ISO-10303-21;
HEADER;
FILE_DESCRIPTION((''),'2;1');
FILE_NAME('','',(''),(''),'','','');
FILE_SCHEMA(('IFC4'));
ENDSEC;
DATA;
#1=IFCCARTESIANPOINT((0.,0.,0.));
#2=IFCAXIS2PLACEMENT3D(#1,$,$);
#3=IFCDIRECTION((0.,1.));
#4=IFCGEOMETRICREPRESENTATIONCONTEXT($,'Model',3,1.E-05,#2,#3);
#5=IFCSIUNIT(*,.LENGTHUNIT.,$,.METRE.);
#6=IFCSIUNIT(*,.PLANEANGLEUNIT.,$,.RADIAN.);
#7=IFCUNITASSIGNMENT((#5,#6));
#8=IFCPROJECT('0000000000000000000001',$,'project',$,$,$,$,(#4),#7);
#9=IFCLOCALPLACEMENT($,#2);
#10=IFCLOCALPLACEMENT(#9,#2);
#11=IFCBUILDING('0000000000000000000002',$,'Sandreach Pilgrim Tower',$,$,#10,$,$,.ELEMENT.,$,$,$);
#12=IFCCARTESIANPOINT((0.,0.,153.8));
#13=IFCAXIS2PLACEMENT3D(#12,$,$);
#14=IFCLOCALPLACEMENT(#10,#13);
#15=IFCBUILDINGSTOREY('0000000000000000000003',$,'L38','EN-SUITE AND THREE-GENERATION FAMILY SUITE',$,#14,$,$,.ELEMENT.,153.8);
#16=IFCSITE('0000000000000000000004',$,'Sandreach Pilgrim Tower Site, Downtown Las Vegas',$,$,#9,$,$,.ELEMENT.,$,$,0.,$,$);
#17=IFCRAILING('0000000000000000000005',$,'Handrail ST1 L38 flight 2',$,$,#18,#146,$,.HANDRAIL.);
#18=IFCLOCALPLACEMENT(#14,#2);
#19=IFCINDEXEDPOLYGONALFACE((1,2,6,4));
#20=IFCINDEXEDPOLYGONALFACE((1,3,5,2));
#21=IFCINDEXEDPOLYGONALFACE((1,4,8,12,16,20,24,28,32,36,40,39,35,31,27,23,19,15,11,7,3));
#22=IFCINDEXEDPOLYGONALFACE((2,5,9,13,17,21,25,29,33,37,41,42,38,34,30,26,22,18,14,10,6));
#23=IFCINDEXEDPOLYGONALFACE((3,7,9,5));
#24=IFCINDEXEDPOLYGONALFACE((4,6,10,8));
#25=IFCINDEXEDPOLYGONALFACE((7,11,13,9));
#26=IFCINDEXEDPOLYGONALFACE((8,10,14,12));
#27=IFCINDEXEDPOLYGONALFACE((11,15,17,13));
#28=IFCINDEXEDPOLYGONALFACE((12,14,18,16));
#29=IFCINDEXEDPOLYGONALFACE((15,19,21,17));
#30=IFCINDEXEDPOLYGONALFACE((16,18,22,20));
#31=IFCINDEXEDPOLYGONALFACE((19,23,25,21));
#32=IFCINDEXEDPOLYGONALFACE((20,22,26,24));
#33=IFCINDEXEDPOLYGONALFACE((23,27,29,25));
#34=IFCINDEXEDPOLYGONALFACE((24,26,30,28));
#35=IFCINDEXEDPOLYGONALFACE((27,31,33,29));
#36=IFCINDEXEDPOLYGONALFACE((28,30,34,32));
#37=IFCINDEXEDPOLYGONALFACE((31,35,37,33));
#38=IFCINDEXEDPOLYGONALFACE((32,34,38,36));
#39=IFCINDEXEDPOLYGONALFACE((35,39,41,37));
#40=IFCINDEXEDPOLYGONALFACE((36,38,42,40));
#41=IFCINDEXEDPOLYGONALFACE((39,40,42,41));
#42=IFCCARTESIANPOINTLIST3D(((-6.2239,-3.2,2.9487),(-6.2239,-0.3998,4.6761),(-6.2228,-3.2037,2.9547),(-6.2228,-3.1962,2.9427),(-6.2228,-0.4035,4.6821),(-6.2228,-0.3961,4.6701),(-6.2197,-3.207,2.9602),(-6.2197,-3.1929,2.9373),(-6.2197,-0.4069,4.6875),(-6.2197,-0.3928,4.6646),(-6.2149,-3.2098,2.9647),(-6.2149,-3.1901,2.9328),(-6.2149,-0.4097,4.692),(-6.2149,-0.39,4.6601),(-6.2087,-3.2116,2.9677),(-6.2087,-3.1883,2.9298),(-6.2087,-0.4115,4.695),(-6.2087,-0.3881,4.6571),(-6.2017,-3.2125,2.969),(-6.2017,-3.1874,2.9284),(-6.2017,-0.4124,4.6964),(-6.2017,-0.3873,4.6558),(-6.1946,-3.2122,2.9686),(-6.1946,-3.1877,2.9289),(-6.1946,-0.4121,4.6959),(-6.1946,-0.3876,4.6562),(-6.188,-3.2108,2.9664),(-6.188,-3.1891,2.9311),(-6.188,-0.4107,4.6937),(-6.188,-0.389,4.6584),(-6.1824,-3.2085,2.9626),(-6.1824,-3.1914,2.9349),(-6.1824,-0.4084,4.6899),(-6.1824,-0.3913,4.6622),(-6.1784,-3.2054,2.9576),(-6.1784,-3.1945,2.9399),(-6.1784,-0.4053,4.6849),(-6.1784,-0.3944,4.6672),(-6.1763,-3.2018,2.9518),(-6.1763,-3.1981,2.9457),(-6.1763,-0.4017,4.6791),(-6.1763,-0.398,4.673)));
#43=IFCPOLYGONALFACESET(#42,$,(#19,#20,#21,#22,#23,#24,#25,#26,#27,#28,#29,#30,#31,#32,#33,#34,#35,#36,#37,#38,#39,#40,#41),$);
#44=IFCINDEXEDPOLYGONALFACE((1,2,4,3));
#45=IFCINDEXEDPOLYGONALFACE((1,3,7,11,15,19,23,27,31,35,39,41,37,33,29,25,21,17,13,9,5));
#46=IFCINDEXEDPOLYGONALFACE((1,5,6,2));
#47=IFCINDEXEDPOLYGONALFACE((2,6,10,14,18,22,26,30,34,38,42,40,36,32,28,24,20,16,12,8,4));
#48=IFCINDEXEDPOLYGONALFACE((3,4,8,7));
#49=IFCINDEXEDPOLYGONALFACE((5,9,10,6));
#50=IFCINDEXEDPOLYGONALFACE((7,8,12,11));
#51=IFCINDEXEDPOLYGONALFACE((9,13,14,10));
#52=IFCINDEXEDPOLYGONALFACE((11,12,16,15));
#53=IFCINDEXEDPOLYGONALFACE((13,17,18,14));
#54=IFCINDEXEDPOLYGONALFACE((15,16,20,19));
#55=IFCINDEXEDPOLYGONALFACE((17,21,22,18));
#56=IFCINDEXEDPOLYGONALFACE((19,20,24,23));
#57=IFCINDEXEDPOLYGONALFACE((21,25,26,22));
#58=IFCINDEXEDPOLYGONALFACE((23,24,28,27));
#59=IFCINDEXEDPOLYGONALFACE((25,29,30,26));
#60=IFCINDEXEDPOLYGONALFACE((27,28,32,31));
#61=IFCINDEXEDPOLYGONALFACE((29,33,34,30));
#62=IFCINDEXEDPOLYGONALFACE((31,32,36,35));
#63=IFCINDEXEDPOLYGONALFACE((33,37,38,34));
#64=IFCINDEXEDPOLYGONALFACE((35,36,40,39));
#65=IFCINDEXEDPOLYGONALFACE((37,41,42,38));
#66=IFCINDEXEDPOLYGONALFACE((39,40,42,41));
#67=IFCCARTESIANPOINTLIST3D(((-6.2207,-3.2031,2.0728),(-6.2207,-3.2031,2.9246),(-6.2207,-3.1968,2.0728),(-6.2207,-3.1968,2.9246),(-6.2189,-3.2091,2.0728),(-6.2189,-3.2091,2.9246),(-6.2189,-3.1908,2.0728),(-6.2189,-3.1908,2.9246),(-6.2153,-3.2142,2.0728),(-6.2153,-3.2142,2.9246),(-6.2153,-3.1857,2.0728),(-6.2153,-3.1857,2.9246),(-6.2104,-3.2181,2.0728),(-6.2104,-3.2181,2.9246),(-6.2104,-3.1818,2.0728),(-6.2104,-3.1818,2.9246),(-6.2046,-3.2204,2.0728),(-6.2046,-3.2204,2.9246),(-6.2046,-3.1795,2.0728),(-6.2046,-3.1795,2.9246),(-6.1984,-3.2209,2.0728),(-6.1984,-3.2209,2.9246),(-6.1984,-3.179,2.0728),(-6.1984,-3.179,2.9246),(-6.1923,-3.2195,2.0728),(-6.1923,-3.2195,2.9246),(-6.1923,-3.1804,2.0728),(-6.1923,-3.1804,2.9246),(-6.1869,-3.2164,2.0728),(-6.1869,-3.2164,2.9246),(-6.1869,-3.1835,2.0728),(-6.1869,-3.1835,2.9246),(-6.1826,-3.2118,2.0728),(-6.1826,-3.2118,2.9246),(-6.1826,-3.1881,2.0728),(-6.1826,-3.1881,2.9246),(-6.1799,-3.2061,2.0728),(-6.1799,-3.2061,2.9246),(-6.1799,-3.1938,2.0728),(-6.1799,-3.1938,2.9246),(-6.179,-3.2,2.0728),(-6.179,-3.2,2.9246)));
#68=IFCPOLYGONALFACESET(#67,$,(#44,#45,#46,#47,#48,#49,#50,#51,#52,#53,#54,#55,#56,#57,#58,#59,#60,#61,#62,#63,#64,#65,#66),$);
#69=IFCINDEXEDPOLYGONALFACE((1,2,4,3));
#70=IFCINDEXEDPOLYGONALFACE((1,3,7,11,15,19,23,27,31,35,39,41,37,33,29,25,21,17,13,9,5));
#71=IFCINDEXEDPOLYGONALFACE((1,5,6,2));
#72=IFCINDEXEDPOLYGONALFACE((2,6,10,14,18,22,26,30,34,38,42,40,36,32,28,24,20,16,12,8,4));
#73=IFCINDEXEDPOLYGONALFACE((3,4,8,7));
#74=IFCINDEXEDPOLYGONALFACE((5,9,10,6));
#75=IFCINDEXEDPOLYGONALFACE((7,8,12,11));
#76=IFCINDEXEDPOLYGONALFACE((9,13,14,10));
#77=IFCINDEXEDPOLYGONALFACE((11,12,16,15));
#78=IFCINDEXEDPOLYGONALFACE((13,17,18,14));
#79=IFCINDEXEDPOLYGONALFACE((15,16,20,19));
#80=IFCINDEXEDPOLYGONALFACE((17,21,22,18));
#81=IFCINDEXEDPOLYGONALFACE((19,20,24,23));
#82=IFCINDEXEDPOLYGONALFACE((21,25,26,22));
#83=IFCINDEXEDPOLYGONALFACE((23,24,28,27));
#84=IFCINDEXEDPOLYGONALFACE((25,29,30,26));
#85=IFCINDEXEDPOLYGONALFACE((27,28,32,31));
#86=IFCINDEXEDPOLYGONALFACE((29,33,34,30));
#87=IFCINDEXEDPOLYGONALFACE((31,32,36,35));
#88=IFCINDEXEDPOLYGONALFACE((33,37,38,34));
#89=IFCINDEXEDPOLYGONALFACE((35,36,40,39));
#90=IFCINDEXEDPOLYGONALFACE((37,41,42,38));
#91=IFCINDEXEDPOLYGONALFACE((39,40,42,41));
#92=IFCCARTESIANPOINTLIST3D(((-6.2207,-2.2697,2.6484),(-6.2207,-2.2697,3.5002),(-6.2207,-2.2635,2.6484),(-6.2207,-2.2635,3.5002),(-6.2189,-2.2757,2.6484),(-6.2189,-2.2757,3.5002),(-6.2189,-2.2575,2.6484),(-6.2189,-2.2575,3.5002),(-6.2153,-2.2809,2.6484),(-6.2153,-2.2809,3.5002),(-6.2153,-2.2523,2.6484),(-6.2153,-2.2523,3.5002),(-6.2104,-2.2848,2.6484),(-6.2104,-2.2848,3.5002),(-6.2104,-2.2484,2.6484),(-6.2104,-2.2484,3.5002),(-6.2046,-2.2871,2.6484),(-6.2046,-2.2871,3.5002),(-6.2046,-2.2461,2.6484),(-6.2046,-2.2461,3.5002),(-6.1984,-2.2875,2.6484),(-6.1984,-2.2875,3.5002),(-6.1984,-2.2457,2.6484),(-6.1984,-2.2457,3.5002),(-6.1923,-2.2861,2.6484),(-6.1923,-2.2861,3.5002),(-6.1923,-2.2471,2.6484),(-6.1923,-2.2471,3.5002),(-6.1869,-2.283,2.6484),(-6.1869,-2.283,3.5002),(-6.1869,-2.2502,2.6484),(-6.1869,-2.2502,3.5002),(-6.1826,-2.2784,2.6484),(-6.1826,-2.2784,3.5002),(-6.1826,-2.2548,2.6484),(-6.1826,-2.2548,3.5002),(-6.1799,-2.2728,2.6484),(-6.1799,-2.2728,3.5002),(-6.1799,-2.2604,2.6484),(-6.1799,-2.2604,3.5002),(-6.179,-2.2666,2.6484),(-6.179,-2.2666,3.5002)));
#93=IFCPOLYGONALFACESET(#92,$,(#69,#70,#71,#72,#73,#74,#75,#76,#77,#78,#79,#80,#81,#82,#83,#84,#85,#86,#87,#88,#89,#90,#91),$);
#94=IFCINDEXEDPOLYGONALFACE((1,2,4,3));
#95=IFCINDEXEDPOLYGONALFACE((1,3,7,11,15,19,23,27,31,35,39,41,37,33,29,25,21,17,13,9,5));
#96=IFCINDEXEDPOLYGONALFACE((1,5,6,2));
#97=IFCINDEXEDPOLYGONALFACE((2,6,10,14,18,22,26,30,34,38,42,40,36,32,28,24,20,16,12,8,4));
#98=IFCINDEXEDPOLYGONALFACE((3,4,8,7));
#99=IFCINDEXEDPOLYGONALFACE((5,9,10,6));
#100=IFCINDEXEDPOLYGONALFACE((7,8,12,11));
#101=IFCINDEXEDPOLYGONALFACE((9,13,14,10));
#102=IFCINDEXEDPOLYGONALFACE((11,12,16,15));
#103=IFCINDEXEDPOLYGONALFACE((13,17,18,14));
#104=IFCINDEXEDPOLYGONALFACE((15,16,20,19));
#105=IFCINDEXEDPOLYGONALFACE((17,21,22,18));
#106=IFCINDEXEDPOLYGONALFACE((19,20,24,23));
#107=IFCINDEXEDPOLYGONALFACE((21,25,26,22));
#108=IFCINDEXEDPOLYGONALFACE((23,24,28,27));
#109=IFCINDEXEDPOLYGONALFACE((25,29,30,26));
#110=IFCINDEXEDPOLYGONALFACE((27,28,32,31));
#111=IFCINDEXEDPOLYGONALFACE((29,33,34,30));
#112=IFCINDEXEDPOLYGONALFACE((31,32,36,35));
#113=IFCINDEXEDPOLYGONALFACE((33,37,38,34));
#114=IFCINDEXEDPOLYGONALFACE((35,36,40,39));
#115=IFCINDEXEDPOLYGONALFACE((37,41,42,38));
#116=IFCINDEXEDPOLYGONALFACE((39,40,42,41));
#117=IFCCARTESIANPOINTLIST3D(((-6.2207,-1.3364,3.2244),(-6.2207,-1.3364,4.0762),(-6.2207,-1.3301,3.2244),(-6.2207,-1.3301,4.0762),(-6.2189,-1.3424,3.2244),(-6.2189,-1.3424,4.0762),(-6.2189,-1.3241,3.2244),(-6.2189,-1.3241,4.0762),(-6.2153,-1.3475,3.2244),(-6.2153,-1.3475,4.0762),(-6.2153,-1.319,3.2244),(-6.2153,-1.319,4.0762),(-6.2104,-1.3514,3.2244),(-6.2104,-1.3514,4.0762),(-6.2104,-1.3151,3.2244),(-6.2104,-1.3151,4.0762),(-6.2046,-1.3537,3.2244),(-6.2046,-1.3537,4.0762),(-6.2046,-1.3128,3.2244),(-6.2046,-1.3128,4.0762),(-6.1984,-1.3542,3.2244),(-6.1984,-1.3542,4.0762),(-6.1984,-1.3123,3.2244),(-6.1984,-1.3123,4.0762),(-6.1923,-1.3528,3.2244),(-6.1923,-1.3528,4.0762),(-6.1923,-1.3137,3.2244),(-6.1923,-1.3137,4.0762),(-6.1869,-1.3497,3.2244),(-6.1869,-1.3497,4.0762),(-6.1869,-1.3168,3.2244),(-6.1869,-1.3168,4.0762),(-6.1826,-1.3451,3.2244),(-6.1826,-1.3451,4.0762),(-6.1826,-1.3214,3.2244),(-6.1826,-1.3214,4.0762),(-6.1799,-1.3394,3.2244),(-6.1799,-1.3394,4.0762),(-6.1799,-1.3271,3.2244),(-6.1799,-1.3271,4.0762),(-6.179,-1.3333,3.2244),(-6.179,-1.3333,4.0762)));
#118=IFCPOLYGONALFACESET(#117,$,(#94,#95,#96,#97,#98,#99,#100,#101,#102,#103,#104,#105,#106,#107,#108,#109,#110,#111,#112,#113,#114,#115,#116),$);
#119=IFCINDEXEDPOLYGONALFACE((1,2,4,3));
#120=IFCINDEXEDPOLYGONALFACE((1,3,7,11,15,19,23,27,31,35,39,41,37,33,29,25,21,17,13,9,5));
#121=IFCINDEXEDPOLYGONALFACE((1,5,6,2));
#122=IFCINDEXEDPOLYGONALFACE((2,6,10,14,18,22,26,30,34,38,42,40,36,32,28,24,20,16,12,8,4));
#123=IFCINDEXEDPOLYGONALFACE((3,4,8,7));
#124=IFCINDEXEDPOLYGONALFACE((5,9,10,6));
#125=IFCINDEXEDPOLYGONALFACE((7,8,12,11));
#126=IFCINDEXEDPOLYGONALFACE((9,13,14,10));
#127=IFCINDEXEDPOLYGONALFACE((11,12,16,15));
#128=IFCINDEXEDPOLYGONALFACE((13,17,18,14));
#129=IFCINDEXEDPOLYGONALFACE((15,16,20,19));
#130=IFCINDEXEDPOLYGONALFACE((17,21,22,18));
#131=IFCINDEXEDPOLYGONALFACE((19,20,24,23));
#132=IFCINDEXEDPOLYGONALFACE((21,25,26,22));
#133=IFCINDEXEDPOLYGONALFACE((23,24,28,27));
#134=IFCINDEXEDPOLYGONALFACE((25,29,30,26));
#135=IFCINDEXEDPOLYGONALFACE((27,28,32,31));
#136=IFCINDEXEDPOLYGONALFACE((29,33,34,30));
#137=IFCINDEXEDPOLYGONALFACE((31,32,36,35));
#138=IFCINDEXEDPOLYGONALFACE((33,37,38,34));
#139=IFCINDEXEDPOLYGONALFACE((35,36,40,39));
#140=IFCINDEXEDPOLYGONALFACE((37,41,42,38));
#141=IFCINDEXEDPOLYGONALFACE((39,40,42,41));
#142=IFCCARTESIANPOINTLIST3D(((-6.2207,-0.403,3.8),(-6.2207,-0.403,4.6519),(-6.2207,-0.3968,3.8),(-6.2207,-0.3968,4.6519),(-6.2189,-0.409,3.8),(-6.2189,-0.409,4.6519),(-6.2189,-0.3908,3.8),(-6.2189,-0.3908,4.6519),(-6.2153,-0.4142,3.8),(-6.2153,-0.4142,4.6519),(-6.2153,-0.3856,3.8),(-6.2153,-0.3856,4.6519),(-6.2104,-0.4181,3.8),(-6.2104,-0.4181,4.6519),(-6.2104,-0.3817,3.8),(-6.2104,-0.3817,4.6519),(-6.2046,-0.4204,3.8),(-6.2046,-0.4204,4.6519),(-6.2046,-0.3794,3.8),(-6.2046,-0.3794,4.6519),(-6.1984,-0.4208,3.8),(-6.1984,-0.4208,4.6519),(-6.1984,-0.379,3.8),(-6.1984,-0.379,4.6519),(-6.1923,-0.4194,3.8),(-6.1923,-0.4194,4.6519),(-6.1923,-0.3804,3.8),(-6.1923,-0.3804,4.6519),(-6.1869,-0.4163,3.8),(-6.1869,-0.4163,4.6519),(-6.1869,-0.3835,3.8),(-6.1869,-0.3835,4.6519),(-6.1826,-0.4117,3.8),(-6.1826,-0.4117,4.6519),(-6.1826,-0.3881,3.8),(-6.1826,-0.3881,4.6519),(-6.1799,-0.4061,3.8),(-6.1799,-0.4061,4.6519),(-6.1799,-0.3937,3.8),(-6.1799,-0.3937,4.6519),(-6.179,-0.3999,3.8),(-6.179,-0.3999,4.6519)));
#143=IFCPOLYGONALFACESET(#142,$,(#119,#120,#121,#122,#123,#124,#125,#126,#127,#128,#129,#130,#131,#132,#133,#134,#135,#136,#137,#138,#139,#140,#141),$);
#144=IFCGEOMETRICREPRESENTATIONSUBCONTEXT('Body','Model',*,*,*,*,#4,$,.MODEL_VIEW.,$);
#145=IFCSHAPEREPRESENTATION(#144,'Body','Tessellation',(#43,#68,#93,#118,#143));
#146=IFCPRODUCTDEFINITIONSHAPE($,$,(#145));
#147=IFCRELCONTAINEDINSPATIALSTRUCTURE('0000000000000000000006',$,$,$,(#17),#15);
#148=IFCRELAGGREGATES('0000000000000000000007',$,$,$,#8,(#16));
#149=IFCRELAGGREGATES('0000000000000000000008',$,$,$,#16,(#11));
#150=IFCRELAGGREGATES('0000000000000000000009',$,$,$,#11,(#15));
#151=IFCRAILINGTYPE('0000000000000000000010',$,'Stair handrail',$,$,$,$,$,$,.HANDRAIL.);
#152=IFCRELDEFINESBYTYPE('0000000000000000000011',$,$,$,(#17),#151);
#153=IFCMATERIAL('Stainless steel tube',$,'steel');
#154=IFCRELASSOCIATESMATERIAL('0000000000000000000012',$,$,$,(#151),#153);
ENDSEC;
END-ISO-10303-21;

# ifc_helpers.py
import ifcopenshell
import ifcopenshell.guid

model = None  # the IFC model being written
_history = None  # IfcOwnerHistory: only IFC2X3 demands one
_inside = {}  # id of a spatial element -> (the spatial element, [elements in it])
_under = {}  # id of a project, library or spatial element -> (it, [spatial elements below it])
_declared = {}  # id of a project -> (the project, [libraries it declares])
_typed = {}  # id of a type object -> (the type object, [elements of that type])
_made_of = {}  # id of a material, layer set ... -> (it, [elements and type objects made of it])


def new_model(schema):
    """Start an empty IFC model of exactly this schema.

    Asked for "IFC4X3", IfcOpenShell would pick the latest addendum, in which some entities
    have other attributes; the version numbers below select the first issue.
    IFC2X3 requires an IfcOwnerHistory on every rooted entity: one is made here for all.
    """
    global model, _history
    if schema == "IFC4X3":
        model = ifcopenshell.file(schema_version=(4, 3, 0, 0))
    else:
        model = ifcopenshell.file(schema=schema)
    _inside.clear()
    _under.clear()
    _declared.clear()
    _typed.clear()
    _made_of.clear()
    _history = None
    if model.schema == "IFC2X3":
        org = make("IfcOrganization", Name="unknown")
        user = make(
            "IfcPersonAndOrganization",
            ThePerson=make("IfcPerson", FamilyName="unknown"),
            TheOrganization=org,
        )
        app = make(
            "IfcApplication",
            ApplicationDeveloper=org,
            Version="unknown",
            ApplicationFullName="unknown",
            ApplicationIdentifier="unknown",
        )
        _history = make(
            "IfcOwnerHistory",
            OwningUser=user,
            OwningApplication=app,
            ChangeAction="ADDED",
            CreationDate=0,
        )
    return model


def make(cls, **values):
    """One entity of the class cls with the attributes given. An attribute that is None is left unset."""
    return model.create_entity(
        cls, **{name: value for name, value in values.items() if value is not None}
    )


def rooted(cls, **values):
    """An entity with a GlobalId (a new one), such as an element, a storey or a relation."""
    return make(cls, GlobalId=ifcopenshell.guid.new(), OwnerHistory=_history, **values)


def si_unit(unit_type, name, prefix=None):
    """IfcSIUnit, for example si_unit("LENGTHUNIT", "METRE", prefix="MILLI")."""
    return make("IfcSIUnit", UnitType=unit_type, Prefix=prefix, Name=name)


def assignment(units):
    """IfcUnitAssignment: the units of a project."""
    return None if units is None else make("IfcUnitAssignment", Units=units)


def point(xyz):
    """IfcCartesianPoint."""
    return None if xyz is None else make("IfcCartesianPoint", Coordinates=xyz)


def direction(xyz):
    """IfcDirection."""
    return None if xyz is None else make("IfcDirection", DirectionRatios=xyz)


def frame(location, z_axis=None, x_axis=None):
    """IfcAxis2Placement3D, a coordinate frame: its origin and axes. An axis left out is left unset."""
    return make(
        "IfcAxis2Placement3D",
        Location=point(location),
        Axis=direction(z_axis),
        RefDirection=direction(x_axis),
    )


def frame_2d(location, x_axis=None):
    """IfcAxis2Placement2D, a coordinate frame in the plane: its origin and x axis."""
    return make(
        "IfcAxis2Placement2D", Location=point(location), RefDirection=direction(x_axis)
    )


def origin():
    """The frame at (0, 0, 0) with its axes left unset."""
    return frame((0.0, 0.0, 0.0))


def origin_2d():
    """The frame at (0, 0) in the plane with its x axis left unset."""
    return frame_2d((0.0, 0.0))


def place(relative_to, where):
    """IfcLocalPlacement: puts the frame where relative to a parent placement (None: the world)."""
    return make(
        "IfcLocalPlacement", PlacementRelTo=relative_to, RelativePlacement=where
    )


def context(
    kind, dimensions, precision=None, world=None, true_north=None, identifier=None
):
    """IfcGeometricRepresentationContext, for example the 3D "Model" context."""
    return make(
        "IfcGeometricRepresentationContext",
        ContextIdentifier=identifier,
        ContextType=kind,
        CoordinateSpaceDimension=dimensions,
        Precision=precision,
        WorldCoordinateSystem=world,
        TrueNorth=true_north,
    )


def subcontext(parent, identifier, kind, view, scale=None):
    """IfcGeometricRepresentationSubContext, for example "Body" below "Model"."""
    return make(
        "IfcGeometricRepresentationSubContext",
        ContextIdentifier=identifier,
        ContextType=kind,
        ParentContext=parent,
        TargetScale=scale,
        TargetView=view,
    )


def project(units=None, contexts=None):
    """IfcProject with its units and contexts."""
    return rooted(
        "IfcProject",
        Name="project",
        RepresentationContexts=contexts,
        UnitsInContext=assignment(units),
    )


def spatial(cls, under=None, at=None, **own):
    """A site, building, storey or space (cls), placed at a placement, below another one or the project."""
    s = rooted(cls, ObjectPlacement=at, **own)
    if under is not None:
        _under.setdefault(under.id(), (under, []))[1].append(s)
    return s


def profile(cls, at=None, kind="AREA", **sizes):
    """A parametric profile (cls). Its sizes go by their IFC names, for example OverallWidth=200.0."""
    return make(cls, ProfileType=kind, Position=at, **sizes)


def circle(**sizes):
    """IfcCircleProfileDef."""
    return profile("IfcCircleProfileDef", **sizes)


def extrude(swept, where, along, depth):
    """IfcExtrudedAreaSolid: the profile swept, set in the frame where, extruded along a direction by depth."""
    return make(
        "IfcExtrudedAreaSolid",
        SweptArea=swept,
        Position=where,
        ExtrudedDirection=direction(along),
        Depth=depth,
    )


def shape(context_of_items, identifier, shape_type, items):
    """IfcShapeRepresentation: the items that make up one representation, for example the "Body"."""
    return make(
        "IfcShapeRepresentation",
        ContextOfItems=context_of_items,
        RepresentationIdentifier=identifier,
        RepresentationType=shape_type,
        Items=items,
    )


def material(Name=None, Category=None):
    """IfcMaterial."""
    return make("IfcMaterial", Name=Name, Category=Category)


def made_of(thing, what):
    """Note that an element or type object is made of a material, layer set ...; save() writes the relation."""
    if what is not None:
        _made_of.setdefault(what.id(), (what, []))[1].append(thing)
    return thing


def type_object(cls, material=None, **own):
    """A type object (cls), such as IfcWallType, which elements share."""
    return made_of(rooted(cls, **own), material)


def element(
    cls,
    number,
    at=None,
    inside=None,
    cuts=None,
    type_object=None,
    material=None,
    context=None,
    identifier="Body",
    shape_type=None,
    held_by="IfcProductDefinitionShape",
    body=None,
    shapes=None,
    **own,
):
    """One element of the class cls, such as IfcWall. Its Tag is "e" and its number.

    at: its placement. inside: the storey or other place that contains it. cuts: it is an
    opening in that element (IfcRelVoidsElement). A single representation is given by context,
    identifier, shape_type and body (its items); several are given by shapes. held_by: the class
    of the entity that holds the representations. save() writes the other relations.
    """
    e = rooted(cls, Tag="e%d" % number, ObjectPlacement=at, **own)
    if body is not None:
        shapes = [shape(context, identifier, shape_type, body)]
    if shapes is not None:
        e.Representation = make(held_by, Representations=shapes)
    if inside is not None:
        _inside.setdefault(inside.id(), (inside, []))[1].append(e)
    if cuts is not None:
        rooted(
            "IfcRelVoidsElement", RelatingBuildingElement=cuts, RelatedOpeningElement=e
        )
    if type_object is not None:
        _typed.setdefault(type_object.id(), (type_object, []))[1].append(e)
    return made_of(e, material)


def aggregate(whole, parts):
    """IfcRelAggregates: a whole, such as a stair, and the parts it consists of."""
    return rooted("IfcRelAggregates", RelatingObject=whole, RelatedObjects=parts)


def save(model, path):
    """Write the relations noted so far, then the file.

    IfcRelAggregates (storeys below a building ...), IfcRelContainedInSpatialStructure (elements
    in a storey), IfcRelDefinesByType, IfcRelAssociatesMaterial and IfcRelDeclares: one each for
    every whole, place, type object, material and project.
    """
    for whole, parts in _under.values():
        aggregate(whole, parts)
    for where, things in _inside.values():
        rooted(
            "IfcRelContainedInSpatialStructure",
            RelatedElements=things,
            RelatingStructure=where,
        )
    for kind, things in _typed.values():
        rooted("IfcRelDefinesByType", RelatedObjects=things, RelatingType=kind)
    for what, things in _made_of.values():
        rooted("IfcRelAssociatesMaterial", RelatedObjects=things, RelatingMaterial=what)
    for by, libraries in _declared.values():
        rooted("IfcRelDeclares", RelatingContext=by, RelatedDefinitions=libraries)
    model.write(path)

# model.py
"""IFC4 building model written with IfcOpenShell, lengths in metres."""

from ifc_helpers import new_model, si_unit, direction, frame, origin, origin_2d, place, context, subcontext, project, spatial, circle, extrude, material, type_object, element, save


model = new_model("IFC4")

# Units and contexts
model_context = context("Model", 3, precision=1e-05, world=origin(), true_north=direction((0.0, 1.0)))
body_context = subcontext(model_context, "Body", "Model", "MODEL_VIEW")
ifc_project = project(units=[si_unit("LENGTHUNIT", "METRE"), si_unit("PLANEANGLEUNIT", "RADIAN")], contexts=[model_context])

# Site, building, storey
site_placement = place(None, origin())
site = spatial("IfcSite", under=ifc_project, at=site_placement, Name="Sandreach Pilgrim Tower Site, Downtown Las Vegas", CompositionType="ELEMENT", RefElevation=0.0)
building_placement = place(site_placement, origin())
building = spatial("IfcBuilding", under=site, at=building_placement, Name="Sandreach Pilgrim Tower", CompositionType="ELEMENT")
storey_placement = place(building_placement, frame((0.0, 0.0, 153.8)))
storey = spatial("IfcBuildingStorey", under=building, at=storey_placement, Name="L38", Description="EN-SUITE AND THREE-GENERATION FAMILY SUITE", CompositionType="ELEMENT", Elevation=153.8)

# Railing
ifc_material_1 = material(Name="Stainless steel tube", Category="steel")
railing_type = type_object("IfcRailingType", Name="Stair handrail", PredefinedType="HANDRAIL", material=ifc_material_1)
railing_placement = place(storey_placement, frame((-6.2, -3.2, 2.0728)))
element("IfcRailing", 1, at=railing_placement, inside=storey, type_object=railing_type, Name="Handrail ST1 L38 flight 2", PredefinedType="HANDRAIL", context=body_context, shape_type="SweptSolid", body=[
    extrude(circle(Radius=0.0239, at=origin_2d()), frame((0.0, 0.0, 0.876), z_axis=(0.0, 0.85109, 0.52502), x_axis=(-1.0, 0.0, 0.0)), (0.0, 0.0, 1.0), 3.29),
    extrude(circle(Radius=0.021, at=origin_2d()), origin(), (0.0, 0.0, 1.0), 0.8518),
    extrude(circle(Radius=0.021, at=origin_2d()), frame((0.0, 0.9333, 0.5757)), (0.0, 0.0, 1.0), 0.8518),
    extrude(circle(Radius=0.021, at=origin_2d()), frame((0.0, 1.8667, 1.1516)), (0.0, 0.0, 1.0), 0.8518),
    extrude(circle(Radius=0.021, at=origin_2d()), frame((0.0, 2.8, 1.7273)), (0.0, 0.0, 1.0), 0.8518),
])

save(model, "model.ifc")
